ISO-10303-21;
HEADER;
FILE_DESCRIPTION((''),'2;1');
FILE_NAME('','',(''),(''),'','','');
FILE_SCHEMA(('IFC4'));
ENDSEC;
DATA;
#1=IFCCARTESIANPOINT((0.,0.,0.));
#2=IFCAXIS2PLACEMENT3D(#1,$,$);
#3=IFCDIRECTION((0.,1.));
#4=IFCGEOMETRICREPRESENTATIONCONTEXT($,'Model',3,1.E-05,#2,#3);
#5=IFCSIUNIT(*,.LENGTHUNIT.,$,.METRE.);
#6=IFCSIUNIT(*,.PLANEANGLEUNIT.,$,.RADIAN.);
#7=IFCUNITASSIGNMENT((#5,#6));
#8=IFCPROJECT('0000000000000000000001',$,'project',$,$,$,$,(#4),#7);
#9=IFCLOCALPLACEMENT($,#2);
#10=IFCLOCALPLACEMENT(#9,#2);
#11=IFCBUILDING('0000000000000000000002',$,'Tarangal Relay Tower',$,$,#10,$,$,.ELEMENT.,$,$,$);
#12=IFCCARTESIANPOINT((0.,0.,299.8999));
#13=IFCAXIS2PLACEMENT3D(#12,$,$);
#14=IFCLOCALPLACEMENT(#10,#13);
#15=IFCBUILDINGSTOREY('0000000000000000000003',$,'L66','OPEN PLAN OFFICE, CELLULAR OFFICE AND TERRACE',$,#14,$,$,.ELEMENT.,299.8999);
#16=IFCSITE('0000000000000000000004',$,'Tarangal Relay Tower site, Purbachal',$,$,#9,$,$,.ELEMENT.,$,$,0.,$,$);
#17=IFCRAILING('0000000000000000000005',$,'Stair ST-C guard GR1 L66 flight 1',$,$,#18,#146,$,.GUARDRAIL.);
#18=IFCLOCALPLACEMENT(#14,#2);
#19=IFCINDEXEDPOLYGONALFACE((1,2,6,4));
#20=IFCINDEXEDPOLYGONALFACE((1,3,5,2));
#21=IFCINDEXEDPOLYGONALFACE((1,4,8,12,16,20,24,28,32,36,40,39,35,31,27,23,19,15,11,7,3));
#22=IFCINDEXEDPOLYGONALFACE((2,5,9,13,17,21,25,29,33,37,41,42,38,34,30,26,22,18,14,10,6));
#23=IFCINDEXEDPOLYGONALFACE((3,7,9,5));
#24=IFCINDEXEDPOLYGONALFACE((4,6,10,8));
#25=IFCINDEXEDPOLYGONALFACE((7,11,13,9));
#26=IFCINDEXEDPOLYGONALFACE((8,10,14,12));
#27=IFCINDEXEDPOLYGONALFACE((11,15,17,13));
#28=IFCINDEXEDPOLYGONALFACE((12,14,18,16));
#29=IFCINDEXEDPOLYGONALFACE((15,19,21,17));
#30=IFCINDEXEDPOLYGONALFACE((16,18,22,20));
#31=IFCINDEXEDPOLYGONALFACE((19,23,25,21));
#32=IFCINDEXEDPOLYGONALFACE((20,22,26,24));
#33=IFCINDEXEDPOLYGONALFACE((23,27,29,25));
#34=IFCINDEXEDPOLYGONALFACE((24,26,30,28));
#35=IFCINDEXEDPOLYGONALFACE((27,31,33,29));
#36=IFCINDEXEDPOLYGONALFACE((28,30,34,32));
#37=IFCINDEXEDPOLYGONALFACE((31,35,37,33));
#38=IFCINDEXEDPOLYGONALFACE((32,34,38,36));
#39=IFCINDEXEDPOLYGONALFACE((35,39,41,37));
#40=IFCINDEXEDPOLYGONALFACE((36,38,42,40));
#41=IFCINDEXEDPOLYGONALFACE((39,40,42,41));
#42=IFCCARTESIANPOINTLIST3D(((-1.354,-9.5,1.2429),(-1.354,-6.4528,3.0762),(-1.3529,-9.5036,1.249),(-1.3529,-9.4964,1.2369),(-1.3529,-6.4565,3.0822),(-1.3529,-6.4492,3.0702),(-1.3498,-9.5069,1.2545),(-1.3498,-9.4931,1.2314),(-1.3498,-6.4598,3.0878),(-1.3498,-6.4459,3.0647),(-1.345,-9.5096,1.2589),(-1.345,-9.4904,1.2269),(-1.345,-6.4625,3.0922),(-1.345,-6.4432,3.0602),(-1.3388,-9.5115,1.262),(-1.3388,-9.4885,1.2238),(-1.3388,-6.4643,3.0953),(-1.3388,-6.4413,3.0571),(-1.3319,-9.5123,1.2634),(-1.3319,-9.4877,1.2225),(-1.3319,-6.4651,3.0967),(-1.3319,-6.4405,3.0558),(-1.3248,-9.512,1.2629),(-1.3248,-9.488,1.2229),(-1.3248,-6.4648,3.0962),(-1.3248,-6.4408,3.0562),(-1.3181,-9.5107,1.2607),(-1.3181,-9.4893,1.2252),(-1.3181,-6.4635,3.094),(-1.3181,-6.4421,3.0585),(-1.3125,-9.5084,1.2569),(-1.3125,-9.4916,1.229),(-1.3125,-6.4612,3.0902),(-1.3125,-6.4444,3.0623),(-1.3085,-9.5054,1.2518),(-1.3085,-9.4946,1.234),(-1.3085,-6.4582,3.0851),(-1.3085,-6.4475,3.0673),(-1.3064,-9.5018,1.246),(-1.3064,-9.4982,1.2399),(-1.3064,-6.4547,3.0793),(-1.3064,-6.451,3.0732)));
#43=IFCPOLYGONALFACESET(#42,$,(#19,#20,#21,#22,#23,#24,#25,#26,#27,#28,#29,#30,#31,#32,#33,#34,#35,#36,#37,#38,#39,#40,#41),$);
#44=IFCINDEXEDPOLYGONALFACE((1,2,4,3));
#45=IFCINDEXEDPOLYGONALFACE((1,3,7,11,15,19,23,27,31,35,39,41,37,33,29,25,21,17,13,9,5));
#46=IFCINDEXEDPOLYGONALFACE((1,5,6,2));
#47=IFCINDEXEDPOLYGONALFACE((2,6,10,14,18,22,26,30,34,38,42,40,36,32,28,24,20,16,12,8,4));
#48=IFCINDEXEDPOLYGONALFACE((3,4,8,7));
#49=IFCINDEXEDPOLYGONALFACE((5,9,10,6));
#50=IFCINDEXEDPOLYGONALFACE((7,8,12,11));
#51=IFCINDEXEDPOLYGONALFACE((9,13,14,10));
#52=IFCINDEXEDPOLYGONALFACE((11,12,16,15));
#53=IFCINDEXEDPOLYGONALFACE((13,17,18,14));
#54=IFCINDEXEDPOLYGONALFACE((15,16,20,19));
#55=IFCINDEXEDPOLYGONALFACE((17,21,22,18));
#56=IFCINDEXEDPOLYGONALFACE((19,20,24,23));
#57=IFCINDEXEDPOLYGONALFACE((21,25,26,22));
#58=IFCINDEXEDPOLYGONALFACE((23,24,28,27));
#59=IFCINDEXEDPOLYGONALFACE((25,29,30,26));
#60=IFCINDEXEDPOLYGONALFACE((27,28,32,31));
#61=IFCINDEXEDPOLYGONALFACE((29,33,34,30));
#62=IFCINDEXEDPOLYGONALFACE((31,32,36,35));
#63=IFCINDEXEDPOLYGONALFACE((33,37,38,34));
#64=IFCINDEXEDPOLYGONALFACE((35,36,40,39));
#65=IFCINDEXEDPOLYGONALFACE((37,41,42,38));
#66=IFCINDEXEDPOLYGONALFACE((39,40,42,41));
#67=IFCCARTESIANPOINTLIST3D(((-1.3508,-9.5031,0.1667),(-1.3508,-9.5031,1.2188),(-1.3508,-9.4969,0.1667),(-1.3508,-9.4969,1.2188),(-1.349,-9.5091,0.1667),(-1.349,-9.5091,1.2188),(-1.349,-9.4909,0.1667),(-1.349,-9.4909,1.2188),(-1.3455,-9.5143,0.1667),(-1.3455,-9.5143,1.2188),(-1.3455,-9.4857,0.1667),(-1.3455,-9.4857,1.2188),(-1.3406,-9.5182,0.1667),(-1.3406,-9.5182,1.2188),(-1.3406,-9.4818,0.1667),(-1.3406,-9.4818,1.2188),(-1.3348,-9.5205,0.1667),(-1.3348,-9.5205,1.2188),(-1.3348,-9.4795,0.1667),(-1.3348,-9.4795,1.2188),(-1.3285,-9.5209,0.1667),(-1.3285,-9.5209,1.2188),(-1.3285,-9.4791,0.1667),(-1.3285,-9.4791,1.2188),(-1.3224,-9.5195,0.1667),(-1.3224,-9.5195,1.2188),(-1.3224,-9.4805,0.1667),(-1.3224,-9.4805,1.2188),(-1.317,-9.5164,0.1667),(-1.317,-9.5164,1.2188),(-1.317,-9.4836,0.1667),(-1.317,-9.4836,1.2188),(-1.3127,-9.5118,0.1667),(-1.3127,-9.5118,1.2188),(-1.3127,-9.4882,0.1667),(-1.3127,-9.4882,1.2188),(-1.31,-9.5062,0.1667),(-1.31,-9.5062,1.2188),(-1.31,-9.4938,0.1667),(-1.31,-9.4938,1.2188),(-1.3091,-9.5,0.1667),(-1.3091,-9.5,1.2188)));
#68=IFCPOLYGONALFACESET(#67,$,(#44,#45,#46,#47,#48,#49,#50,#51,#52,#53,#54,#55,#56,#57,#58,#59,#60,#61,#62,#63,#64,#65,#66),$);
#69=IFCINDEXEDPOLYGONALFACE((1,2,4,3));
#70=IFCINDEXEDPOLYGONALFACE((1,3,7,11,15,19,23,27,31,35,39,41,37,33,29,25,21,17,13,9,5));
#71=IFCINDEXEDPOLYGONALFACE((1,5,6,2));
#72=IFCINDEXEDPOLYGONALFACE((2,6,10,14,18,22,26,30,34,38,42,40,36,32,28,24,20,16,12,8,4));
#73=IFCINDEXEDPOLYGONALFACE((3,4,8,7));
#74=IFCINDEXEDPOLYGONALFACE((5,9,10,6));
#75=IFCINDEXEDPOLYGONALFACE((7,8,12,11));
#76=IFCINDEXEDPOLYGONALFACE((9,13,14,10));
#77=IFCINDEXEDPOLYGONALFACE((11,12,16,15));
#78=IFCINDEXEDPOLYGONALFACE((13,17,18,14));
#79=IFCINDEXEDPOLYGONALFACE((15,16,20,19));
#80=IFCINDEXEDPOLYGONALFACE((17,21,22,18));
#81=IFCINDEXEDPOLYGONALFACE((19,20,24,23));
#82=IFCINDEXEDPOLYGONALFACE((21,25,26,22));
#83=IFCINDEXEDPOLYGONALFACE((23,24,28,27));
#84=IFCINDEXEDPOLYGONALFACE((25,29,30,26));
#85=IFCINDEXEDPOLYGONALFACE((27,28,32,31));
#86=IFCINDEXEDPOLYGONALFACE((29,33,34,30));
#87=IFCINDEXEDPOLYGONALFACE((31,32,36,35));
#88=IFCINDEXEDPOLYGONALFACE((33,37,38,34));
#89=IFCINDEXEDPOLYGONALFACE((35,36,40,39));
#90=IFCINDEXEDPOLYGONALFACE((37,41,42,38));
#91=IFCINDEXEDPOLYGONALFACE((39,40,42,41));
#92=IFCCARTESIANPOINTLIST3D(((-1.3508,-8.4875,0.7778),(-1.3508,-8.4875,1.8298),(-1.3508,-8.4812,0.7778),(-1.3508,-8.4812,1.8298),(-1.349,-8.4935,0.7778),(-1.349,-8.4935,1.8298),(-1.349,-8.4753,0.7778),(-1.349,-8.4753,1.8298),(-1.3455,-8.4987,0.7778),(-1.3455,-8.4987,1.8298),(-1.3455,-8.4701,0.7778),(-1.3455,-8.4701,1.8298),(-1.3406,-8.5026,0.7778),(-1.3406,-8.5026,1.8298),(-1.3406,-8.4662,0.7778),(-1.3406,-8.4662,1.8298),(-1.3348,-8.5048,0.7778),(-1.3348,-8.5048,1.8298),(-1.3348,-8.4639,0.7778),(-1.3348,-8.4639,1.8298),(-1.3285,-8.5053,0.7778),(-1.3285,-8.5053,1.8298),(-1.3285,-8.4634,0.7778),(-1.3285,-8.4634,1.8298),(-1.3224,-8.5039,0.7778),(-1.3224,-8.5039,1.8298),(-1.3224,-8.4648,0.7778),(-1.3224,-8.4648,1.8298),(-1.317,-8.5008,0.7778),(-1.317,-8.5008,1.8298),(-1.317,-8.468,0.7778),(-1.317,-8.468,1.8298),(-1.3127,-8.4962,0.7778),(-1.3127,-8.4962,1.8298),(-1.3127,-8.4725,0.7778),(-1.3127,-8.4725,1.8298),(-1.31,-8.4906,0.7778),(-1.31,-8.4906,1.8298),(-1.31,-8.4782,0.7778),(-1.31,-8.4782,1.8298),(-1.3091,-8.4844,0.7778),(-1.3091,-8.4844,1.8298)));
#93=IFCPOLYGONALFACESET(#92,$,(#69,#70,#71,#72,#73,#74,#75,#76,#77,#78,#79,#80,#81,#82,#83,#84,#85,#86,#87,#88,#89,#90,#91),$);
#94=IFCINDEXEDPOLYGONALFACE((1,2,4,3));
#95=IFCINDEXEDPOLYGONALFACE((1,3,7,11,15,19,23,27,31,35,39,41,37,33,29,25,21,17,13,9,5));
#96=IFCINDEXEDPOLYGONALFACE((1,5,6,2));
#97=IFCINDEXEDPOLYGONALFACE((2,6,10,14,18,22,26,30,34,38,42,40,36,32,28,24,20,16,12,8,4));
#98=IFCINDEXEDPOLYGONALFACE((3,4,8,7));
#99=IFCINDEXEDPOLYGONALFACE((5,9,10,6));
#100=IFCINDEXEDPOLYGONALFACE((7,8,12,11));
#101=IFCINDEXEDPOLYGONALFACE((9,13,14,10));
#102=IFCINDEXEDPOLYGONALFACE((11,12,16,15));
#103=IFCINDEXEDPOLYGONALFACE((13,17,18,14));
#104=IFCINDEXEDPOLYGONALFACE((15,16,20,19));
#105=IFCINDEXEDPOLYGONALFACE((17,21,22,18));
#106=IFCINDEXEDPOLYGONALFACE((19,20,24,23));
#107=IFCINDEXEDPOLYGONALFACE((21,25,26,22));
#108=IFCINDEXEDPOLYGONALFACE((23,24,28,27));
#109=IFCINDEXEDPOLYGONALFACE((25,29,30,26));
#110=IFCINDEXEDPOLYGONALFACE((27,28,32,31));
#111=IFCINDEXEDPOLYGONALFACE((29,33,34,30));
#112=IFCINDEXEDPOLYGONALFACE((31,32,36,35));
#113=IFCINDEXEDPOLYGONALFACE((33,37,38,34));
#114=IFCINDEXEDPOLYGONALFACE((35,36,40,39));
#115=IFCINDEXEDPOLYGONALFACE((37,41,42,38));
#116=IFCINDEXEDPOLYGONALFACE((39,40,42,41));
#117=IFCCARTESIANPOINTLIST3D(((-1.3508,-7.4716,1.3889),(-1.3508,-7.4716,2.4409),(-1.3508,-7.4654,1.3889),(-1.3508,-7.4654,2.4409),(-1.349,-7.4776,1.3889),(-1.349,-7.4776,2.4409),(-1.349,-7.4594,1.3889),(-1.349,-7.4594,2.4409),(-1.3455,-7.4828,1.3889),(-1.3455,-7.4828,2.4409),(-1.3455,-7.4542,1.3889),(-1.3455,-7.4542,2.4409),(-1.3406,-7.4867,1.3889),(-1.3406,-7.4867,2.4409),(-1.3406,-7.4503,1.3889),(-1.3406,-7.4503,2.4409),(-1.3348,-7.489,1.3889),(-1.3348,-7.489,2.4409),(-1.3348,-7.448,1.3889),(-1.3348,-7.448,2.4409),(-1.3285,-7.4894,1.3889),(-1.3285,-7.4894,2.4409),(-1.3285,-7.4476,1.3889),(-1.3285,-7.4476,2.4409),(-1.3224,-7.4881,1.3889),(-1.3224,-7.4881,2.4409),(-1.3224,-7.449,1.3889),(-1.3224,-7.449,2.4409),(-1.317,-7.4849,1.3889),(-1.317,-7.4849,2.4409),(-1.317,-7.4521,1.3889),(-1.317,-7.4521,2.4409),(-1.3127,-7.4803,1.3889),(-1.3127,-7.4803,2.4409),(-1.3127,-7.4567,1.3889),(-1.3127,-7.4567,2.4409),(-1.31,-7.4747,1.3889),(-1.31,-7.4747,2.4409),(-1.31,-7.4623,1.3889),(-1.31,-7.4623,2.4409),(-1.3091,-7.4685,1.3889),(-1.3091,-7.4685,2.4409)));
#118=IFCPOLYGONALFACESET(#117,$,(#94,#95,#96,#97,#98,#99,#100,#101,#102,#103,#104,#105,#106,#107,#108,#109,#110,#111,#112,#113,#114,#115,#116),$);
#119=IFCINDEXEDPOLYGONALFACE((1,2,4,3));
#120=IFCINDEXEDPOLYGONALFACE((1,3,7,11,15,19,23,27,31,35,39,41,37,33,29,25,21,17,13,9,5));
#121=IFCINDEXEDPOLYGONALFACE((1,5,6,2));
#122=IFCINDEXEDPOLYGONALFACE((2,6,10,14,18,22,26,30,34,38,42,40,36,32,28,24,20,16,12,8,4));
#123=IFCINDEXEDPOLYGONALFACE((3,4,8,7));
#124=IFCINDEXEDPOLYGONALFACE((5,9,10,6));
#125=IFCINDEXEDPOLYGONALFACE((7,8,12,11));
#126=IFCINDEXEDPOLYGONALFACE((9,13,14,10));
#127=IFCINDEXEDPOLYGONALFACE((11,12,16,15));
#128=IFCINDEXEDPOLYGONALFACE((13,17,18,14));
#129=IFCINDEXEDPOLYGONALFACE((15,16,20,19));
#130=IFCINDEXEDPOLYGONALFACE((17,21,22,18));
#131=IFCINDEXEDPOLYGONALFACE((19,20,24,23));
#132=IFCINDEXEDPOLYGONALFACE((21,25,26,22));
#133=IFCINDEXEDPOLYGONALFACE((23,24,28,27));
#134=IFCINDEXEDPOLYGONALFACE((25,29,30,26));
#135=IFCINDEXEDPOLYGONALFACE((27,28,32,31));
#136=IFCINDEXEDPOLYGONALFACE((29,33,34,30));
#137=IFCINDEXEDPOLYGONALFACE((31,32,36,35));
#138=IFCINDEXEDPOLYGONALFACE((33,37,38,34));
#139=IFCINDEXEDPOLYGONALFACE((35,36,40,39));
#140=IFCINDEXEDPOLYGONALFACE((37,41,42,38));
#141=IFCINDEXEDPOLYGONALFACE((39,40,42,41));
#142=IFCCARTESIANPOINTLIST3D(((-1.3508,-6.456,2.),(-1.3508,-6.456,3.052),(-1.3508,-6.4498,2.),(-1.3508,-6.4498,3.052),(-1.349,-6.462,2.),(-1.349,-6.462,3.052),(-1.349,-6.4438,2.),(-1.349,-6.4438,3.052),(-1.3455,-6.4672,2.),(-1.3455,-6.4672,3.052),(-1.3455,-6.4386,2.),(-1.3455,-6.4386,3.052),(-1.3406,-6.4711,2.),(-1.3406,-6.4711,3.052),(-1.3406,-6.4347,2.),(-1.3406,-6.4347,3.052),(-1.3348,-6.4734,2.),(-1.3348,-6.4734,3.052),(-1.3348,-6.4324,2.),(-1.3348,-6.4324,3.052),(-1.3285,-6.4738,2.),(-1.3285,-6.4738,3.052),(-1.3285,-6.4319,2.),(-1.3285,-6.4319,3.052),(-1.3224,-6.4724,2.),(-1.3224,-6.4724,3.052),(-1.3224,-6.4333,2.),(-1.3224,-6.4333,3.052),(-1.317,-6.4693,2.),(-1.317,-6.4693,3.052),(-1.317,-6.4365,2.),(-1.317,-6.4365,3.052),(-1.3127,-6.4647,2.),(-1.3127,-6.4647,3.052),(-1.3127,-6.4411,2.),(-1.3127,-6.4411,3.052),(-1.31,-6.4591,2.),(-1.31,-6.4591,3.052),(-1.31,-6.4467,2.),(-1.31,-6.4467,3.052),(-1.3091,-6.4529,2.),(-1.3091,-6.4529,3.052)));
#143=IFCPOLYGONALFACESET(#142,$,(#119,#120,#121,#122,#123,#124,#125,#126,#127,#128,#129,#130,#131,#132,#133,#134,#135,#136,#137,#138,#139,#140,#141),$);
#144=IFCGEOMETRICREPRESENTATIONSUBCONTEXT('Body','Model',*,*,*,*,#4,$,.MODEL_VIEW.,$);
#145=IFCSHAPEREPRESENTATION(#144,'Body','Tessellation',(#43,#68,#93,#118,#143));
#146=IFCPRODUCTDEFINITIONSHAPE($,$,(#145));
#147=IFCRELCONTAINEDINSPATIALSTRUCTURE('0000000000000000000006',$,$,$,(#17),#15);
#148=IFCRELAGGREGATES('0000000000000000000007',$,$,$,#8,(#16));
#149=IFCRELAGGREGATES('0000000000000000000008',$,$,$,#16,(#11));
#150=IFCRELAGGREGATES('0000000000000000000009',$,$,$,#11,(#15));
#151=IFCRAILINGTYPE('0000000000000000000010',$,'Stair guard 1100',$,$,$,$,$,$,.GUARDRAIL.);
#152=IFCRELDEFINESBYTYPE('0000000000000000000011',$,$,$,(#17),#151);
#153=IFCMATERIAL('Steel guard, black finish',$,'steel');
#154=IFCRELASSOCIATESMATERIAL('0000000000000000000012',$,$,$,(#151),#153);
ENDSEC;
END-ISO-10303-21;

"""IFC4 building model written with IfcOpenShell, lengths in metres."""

from ifc_helpers import new_model, si_unit, direction, frame, origin, origin_2d, place, context, subcontext, project, spatial, circle, extrude, material, type_object, element, save


model = new_model("IFC4")

# Units and contexts
model_context = context("Model", 3, precision=1e-05, world=origin(), true_north=direction((0.0, 1.0)))
body_context = subcontext(model_context, "Body", "Model", "MODEL_VIEW")
ifc_project = project(units=[si_unit("LENGTHUNIT", "METRE"), si_unit("PLANEANGLEUNIT", "RADIAN")], contexts=[model_context])

# Site, building, storey
site_placement = place(None, origin())
site = spatial("IfcSite", under=ifc_project, at=site_placement, Name="Tarangal Relay Tower site, Purbachal", CompositionType="ELEMENT", RefElevation=0.0)
building_placement = place(site_placement, origin())
building = spatial("IfcBuilding", under=site, at=building_placement, Name="Tarangal Relay Tower", CompositionType="ELEMENT")
storey_placement = place(building_placement, frame((0.0, 0.0, 299.8999)))
storey = spatial("IfcBuildingStorey", under=building, at=storey_placement, Name="L66", Description="OPEN PLAN OFFICE, CELLULAR OFFICE AND TERRACE", CompositionType="ELEMENT", Elevation=299.8999)

# Railing
ifc_material_1 = material(Name="Steel guard, black finish", Category="steel")
railing_type_1 = type_object("IfcRailingType", Name="Stair guard 1100", PredefinedType="GUARDRAIL", material=ifc_material_1)
railing_1_placement = place(storey_placement, frame((-1.3301, -9.5, 0.1667)))
element("IfcRailing", 1, at=railing_1_placement, inside=storey, type_object=railing_type_1, Name="Stair ST-C guard GR1 L66 flight 1", PredefinedType="GUARDRAIL", context=body_context, shape_type="SweptSolid", body=[
    extrude(circle(Radius=0.0239, at=origin_2d()), frame((0.0, 0.0, 1.0762), z_axis=(0.0, 0.856874, 0.515525), x_axis=(-1.0, 0.0, 0.0)), (0.0, 0.0, 1.0), 3.5562),
    extrude(circle(Radius=0.021, at=origin_2d()), origin(), (0.0, 0.0, 1.0), 1.052),
    extrude(circle(Radius=0.021, at=origin_2d()), frame((0.0, 1.0156, 0.6111)), (0.0, 0.0, 1.0), 1.052),
    extrude(circle(Radius=0.021, at=origin_2d()), frame((0.0, 2.0315, 1.2222)), (0.0, 0.0, 1.0), 1.052),
    extrude(circle(Radius=0.021, at=origin_2d()), frame((0.0, 3.0471, 1.8333)), (0.0, 0.0, 1.0), 1.052),
])

save(model, "model.ifc")
